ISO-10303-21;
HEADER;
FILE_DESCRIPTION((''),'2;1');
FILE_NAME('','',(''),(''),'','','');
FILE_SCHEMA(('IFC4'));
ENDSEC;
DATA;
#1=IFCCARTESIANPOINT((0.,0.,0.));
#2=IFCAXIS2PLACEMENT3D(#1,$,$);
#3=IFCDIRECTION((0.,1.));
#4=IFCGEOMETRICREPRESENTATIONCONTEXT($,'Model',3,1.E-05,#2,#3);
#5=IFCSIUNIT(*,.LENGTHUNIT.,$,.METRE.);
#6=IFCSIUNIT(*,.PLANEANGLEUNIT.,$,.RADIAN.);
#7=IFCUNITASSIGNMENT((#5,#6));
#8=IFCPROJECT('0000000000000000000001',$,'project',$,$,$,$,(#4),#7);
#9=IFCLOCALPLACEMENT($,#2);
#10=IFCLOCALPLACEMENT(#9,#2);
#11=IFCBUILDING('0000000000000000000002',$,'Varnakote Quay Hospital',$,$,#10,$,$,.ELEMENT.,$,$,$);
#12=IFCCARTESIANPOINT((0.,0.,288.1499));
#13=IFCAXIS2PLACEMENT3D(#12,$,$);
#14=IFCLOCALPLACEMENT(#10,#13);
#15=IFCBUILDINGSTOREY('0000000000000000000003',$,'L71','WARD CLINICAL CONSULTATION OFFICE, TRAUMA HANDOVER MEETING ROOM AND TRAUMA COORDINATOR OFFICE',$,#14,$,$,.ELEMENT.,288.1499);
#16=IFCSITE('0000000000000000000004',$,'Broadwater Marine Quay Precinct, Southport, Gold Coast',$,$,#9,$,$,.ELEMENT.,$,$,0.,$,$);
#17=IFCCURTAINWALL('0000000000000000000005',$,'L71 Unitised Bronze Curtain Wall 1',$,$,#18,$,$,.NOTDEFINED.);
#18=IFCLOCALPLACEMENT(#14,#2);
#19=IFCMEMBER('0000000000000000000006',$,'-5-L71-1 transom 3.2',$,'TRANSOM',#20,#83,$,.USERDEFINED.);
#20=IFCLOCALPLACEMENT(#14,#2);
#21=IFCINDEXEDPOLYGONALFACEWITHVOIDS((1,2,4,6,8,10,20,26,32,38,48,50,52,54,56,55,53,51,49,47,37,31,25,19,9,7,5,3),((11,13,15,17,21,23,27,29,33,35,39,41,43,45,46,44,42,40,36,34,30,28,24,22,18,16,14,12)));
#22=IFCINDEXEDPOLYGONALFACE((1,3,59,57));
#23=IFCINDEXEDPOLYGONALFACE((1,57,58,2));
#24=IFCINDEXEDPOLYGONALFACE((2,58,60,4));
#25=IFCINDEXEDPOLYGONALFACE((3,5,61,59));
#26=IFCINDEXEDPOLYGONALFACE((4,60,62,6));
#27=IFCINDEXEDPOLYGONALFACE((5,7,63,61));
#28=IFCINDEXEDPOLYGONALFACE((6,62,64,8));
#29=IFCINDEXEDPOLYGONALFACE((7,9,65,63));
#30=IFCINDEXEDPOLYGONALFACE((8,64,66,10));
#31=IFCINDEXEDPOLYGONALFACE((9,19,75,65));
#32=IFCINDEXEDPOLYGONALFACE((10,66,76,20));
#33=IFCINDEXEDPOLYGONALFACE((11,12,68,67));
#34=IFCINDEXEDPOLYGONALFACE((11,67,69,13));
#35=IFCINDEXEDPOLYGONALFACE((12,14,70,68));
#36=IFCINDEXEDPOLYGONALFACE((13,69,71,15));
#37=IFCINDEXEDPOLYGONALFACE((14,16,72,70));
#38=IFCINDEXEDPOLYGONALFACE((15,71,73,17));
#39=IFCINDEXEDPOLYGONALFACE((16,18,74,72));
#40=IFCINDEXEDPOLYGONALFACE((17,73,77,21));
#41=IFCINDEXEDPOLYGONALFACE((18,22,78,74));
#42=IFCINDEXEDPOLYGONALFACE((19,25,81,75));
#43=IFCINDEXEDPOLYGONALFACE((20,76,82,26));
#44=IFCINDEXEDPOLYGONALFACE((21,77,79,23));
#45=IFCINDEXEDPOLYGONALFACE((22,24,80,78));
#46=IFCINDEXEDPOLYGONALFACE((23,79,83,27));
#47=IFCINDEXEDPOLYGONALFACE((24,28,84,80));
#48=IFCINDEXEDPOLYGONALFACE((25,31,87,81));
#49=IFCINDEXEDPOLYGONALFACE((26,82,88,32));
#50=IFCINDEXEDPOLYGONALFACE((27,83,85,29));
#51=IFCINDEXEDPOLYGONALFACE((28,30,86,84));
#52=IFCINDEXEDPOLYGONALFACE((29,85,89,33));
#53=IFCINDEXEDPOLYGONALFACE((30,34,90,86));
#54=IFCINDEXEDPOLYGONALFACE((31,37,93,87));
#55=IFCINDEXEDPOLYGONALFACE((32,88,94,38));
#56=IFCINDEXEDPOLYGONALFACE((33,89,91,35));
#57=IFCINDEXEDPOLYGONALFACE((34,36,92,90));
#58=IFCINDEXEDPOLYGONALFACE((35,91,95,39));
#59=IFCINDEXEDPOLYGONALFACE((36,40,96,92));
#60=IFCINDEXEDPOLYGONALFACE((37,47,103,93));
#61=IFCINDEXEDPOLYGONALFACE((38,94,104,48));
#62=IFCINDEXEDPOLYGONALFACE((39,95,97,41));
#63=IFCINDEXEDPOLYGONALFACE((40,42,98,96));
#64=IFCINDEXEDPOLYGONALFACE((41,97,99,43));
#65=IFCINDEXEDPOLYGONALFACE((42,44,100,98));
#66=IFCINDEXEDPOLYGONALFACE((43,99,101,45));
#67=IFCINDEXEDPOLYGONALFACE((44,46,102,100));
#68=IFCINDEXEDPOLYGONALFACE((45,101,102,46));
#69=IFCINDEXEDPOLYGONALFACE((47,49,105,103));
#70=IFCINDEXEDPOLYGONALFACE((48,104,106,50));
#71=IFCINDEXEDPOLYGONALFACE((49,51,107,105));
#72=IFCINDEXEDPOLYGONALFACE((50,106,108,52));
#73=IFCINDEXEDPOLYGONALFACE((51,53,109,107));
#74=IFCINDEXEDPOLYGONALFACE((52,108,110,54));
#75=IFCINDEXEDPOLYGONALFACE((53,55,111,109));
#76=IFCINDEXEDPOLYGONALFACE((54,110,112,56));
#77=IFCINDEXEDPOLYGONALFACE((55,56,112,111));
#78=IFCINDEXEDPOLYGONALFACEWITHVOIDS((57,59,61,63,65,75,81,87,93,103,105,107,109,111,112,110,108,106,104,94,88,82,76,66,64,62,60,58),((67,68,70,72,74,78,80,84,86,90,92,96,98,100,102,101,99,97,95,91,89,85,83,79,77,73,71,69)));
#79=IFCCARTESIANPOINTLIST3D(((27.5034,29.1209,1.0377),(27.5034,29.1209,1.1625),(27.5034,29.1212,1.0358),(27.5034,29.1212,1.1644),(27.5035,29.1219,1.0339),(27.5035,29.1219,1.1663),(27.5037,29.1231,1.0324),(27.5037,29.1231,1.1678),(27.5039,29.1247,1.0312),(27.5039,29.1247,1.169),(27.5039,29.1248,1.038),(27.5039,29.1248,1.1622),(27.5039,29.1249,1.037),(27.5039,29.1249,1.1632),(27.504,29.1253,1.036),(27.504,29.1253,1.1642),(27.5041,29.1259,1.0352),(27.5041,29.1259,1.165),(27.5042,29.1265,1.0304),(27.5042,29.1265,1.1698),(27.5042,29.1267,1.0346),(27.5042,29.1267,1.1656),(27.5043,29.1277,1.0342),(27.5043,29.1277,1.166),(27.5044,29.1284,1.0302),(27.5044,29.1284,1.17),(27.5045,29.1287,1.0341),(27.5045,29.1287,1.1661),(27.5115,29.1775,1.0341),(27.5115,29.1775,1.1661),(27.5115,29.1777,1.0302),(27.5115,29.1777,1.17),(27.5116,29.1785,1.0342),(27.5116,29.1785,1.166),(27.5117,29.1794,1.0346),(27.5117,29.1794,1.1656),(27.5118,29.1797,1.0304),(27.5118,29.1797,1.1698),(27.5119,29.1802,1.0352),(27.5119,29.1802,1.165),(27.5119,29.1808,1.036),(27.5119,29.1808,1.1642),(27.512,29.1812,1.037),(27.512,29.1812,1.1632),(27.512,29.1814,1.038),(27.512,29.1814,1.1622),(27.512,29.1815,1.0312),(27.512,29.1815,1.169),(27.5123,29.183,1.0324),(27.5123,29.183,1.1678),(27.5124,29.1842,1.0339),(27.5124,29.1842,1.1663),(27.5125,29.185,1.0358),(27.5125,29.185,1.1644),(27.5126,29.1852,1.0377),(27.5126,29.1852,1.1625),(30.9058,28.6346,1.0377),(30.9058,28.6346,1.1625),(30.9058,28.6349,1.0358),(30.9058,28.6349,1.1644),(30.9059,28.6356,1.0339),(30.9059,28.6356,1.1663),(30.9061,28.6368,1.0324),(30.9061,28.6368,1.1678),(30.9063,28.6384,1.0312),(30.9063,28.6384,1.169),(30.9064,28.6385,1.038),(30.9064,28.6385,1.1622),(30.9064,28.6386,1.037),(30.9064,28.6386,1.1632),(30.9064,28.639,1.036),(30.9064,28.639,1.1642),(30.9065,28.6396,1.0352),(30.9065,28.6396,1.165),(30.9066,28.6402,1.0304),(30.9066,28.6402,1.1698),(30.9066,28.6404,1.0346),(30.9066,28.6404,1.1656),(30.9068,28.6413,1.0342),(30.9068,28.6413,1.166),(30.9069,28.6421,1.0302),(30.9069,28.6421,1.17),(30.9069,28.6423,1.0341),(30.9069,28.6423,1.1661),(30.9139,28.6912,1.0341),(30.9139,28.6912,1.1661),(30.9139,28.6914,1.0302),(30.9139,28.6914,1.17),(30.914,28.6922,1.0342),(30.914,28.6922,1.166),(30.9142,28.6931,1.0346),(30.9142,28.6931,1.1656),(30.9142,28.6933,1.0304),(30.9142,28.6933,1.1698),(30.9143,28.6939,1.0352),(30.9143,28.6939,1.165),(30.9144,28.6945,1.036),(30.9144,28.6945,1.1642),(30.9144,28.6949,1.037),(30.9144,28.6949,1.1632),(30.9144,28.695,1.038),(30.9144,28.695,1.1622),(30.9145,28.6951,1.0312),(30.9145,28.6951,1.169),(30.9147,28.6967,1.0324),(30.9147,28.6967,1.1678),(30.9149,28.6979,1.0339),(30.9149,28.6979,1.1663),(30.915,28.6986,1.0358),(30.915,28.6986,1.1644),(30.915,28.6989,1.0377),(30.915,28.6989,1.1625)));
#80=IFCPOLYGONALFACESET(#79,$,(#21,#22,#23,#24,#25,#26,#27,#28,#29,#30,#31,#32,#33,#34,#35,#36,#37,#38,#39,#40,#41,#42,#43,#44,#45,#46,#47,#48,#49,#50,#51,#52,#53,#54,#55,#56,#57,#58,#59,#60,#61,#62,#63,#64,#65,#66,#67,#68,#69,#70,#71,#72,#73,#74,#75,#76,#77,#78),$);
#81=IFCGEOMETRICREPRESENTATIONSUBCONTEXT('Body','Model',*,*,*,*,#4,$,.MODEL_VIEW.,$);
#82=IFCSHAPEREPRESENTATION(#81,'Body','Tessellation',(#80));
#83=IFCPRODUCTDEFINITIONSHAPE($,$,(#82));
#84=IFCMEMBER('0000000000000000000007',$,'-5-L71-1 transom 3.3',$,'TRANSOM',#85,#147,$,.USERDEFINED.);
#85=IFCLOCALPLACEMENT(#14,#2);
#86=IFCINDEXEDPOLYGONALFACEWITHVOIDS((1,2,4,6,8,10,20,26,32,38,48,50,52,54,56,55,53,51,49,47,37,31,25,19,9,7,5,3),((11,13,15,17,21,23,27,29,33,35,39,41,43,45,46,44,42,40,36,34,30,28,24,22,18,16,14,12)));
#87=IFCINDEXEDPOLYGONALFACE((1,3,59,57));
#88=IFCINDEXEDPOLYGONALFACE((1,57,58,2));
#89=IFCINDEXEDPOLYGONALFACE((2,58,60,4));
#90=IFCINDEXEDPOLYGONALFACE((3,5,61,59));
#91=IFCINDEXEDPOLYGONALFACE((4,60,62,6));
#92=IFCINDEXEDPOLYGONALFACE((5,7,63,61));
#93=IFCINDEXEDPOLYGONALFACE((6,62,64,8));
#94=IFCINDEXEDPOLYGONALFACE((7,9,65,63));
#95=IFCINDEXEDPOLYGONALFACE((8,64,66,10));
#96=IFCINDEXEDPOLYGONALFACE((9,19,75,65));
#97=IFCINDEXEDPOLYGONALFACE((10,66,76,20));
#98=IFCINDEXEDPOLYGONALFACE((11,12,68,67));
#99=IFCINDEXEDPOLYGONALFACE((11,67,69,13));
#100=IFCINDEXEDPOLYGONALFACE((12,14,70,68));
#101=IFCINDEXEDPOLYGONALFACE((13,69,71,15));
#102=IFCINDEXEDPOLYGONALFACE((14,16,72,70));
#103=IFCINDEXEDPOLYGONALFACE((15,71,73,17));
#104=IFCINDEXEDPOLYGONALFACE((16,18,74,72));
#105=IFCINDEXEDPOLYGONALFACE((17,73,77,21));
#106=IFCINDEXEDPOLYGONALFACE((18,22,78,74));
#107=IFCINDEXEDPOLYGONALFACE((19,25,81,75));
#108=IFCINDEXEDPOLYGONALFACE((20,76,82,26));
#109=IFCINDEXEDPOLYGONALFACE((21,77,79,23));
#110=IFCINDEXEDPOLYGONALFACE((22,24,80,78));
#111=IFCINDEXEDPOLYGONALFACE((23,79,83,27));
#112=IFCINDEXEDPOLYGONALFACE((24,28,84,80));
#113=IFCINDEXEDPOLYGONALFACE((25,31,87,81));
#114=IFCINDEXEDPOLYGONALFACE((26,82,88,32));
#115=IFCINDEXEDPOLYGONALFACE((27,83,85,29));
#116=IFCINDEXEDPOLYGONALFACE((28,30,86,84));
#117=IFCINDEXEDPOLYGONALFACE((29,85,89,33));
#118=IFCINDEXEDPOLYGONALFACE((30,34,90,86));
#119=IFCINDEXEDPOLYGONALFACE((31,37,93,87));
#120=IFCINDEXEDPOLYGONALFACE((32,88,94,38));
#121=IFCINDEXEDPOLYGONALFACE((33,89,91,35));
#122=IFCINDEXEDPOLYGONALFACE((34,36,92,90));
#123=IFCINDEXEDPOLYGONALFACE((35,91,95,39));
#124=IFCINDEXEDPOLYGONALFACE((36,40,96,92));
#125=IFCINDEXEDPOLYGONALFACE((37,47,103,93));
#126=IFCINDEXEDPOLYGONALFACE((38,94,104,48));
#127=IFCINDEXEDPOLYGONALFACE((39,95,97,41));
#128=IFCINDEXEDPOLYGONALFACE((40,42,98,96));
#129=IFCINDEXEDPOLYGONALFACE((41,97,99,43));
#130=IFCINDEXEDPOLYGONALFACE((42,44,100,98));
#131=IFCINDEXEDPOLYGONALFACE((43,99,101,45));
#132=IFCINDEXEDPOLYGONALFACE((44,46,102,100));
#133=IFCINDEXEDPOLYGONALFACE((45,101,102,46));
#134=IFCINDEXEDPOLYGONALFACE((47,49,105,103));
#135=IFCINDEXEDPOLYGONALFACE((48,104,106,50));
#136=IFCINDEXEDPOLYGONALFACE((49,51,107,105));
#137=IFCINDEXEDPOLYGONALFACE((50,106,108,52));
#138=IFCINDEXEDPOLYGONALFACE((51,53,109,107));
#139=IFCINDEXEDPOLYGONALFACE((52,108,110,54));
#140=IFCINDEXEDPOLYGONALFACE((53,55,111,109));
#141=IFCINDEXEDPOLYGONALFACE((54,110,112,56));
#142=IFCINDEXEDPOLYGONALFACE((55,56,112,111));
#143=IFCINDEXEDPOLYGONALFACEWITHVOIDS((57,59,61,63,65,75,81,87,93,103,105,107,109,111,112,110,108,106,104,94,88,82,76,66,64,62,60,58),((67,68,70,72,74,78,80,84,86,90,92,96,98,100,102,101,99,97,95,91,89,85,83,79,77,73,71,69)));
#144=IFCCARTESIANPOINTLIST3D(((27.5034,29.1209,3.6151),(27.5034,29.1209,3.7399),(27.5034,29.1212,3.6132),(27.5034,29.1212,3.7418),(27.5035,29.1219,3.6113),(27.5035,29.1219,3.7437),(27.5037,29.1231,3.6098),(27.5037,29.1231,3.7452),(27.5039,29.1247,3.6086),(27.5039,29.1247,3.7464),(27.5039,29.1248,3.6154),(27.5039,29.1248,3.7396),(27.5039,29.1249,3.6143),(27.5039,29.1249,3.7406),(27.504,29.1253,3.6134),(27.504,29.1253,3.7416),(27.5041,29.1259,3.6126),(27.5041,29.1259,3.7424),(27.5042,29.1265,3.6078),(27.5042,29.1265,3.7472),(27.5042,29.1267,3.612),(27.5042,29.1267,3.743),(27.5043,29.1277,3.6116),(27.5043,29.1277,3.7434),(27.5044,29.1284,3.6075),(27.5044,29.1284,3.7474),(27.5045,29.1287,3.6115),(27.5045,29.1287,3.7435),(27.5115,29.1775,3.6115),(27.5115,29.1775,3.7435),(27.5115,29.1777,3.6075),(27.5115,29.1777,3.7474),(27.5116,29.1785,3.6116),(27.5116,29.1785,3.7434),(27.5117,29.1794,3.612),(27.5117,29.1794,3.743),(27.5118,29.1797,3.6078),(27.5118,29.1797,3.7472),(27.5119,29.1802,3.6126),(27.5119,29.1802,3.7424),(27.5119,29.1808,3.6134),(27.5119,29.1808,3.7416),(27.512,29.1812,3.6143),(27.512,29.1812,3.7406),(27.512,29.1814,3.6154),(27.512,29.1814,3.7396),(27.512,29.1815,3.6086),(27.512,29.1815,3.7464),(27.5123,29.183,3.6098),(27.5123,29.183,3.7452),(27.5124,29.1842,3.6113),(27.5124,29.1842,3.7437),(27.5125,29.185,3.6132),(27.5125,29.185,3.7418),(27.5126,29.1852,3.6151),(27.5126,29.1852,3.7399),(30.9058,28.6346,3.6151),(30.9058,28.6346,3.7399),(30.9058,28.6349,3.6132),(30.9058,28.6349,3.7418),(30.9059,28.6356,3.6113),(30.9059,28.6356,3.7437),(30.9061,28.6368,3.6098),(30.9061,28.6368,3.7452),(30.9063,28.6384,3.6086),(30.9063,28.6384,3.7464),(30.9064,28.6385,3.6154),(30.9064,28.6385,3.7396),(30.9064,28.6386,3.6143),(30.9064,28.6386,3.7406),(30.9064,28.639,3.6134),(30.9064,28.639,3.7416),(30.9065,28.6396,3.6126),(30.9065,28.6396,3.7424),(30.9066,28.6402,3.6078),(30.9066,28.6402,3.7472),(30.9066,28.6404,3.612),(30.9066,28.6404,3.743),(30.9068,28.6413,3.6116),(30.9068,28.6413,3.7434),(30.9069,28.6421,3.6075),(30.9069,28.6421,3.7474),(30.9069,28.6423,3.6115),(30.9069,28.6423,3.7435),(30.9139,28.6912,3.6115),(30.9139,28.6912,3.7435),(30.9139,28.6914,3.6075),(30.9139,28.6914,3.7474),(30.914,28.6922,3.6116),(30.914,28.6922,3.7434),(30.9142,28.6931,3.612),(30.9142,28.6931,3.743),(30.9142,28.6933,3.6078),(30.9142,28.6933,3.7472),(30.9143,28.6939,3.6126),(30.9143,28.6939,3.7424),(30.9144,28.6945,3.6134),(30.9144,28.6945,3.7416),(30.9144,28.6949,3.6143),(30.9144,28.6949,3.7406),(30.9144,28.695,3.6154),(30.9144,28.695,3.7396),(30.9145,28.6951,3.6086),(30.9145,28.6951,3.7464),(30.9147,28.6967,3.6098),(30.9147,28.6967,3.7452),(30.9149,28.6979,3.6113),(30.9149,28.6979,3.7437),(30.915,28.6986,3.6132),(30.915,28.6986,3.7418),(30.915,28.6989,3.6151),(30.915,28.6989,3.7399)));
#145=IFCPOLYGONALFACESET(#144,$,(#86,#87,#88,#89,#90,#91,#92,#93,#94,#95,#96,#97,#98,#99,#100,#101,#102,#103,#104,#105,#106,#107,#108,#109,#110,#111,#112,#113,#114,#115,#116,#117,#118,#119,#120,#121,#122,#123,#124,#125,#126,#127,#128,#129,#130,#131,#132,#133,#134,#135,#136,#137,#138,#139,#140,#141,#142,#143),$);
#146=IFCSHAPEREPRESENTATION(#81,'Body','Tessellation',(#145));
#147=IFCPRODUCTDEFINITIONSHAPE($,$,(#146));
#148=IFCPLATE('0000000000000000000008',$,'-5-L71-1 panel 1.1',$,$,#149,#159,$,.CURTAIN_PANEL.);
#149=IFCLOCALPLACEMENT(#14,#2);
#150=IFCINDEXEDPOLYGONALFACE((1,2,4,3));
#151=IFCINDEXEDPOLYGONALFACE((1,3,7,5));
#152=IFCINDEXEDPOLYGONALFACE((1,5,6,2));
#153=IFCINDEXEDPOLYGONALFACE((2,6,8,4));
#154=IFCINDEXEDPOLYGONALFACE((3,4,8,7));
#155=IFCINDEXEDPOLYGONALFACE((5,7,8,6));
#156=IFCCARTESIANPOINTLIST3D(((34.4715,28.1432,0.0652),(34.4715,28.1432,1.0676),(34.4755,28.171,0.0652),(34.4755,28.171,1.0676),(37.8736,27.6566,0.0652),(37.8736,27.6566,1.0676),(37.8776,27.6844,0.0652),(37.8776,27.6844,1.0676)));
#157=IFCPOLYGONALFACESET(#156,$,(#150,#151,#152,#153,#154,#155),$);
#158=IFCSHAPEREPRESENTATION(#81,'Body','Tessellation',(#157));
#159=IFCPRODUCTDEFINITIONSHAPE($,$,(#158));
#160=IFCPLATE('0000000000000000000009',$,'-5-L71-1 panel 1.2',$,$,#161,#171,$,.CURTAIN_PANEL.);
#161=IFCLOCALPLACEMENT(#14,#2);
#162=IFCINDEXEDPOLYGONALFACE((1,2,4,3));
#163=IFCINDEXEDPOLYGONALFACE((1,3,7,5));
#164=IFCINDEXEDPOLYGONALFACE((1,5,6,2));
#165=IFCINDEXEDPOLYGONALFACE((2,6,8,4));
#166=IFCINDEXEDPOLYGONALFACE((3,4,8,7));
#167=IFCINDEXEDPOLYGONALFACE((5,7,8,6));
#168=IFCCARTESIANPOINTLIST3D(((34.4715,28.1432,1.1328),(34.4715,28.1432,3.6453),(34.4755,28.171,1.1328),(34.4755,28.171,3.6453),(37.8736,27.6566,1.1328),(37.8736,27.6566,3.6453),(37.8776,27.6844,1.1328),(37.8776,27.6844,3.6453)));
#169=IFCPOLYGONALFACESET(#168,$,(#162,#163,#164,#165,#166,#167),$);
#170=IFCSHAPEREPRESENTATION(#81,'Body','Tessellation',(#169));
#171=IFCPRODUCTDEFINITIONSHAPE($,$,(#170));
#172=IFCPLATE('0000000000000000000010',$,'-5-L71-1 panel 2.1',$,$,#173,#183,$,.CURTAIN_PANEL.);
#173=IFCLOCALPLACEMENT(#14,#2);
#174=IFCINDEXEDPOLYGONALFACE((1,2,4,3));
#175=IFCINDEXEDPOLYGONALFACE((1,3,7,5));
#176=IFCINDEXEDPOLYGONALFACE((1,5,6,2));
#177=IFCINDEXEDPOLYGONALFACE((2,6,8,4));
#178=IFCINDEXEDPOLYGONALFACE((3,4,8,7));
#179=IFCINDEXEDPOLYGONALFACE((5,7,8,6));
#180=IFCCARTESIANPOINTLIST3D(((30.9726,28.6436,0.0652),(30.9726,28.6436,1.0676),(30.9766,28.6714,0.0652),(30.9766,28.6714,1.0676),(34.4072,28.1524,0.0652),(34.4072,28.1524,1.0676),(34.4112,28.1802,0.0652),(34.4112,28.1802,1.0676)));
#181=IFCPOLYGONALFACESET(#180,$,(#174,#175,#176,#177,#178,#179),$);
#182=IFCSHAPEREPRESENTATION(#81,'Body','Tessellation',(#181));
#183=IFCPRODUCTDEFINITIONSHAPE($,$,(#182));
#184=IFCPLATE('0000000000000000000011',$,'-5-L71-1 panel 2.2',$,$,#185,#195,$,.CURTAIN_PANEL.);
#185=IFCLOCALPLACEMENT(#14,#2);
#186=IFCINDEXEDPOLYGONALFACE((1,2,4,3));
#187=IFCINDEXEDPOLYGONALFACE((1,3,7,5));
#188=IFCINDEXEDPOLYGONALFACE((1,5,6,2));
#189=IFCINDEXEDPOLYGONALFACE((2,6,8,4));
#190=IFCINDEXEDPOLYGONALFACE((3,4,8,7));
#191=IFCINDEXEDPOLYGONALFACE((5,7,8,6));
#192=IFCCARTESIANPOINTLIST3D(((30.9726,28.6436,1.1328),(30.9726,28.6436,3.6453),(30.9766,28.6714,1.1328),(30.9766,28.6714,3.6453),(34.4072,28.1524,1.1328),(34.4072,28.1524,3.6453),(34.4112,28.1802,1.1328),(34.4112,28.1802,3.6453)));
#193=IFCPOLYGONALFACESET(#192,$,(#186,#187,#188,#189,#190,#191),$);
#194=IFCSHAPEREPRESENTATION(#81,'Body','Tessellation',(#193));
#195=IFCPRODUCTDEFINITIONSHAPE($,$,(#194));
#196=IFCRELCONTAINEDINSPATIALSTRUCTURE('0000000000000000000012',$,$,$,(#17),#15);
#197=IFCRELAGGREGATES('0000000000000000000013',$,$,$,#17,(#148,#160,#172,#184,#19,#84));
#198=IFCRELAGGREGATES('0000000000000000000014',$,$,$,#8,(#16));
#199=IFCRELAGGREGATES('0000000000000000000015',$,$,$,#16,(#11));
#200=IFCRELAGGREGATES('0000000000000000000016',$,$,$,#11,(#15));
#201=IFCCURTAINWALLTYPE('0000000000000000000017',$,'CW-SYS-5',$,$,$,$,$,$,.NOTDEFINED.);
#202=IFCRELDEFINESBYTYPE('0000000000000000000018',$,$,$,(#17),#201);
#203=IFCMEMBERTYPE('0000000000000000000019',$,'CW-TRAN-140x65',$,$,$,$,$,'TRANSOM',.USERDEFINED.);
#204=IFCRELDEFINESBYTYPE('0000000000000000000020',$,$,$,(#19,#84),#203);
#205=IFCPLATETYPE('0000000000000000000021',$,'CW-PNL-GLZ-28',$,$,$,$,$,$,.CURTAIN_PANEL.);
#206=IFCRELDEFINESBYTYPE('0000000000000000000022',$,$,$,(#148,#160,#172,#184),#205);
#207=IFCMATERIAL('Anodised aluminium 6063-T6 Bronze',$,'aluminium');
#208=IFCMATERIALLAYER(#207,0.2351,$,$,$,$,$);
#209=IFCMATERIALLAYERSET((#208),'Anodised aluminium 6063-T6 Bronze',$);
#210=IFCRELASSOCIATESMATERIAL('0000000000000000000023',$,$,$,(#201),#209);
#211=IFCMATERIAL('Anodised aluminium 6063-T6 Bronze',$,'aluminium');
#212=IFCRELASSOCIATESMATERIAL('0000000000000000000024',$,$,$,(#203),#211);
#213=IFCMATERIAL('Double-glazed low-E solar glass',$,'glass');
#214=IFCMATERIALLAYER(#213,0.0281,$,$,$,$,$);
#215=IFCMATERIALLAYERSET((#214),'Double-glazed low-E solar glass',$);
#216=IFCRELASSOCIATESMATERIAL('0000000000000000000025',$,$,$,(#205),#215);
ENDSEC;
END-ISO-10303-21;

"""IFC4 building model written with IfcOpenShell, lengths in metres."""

from ifc_helpers import new_model, si_unit, direction, frame, origin, origin_2d, place, context, subcontext, project, spatial, rectangle, hollow_rectangle, extrude, material, layer, layer_set, material_profile, profile_set, type_object, element, aggregate, save


model = new_model("IFC4")

# Units and contexts
model_context = context("Model", 3, precision=1e-05, world=origin(), true_north=direction((0.0, 1.0)))
body_context = subcontext(model_context, "Body", "Model", "MODEL_VIEW")
ifc_project = project(units=[si_unit("LENGTHUNIT", "METRE"), si_unit("PLANEANGLEUNIT", "RADIAN")], contexts=[model_context])

# Site, building, storey
site_placement = place(None, origin())
site = spatial("IfcSite", under=ifc_project, at=site_placement, Name="Broadwater Marine Quay Precinct, Southport, Gold Coast", CompositionType="ELEMENT", RefElevation=0.0)
building_placement = place(site_placement, origin())
building = spatial("IfcBuilding", under=site, at=building_placement, Name="Varnakote Quay Hospital", CompositionType="ELEMENT")
storey_placement = place(building_placement, frame((0.0, 0.0, 288.1499)))
storey = spatial("IfcBuildingStorey", under=building, at=storey_placement, Name="L71", Description="WARD CLINICAL CONSULTATION OFFICE, TRAUMA HANDOVER MEETING ROOM AND TRAUMA COORDINATOR OFFICE", CompositionType="ELEMENT", Elevation=288.1499)

# Curtain wall, members, plates
ifc_material_1 = material(Name="Anodised aluminium 6063-T6 Bronze", Category="aluminium")
ifc_layer_1 = layer(ifc_material_1, 0.2351)
ifc_layer_set_1 = layer_set([ifc_layer_1], Name="Anodised aluminium 6063-T6 Bronze")
curtain_wall_type = type_object("IfcCurtainWallType", Name="CW-SYS-5", PredefinedType="NOTDEFINED", material=ifc_layer_set_1)
curtain_wall_placement = place(storey_placement, origin())
curtain_wall = element("IfcCurtainWall", 1, at=curtain_wall_placement, inside=storey, type_object=curtain_wall_type, Name="L71 Unitised Bronze Curtain Wall 1", PredefinedType="NOTDEFINED")
ifc_material_2 = material(Name="Anodised aluminium 6063-T6 Bronze", Category="aluminium")
ifc_material_profile_1 = material_profile(ifc_material_2, hollow_rectangle(XDim=0.0649, YDim=0.1399, WallThickness=0.0039, InnerFilletRadius=0.0039, OuterFilletRadius=0.0076, at=origin_2d()), Name="CW-TRAN-140x65")
ifc_profile_set_1 = profile_set([ifc_material_profile_1], Name="Anodised aluminium 6063-T6 Bronze")
member_type_1 = type_object("IfcMemberType", Name="CW-TRAN-140x65", ElementType="TRANSOM", PredefinedType="USERDEFINED", material=ifc_profile_set_1)
member_1_placement = place(storey_placement, frame((30.9104, 28.6667, 1.1001), z_axis=(-0.989938, 0.141501, 0.0), x_axis=(-0.141501, -0.989938, 0.0)))
member_1 = element("IfcMember", 2, at=member_1_placement, type_object=member_type_1, Name="-5-L71-1 transom 3.2", ObjectType="TRANSOM", PredefinedType="USERDEFINED", context=body_context, shape_type="SweptSolid", body=[
    extrude(hollow_rectangle(XDim=0.0649, YDim=0.1399, WallThickness=0.0039, InnerFilletRadius=0.0039, OuterFilletRadius=0.0076, at=origin_2d()), origin(), (0.0, 0.0, 1.0), 3.437),
])
member_2_placement = place(storey_placement, frame((30.9104, 28.6667, 3.6775), z_axis=(-0.989938, 0.141501, 0.0), x_axis=(-0.141501, -0.989938, 0.0)))
member_2 = element("IfcMember", 3, at=member_2_placement, type_object=member_type_1, Name="-5-L71-1 transom 3.3", ObjectType="TRANSOM", PredefinedType="USERDEFINED", context=body_context, shape_type="SweptSolid", body=[
    extrude(hollow_rectangle(XDim=0.0649, YDim=0.1399, WallThickness=0.0039, InnerFilletRadius=0.0039, OuterFilletRadius=0.0076, at=origin_2d()), origin(), (0.0, 0.0, 1.0), 3.437),
])
ifc_material_3 = material(Name="Double-glazed low-E solar glass", Category="glass")
ifc_layer_2 = layer(ifc_material_3, 0.0281)
ifc_layer_set_2 = layer_set([ifc_layer_2], Name="Double-glazed low-E solar glass")
plate_type_1 = type_object("IfcPlateType", Name="CW-PNL-GLZ-28", PredefinedType="CURTAIN_PANEL", material=ifc_layer_set_2)
plate_1_placement = place(storey_placement, frame((36.1746, 27.9138, 0.0652), z_axis=(0.0, 0.0, 1.0), x_axis=(-0.989928, 0.141572, 0.0)))
plate_1 = element("IfcPlate", 4, at=plate_1_placement, type_object=plate_type_1, Name="-5-L71-1 panel 1.1", PredefinedType="CURTAIN_PANEL", context=body_context, shape_type="SweptSolid", body=[
    extrude(rectangle(XDim=3.4368, YDim=0.0281, at=origin_2d()), origin(), (0.0, 0.0, 1.0), 1.0024),
])
plate_2_placement = place(storey_placement, frame((36.1746, 27.9138, 1.1328), z_axis=(0.0, 0.0, 1.0), x_axis=(-0.989928, 0.141572, 0.0)))
plate_2 = element("IfcPlate", 5, at=plate_2_placement, type_object=plate_type_1, Name="-5-L71-1 panel 1.2", PredefinedType="CURTAIN_PANEL", context=body_context, shape_type="SweptSolid", body=[
    extrude(rectangle(XDim=3.4368, YDim=0.0281, at=origin_2d()), origin(), (0.0, 0.0, 1.0), 2.5125),
])
plate_3_placement = place(storey_placement, frame((32.6919, 28.4119, 0.0652), z_axis=(0.0, 0.0, 1.0), x_axis=(-0.989928, 0.141572, 0.0)))
plate_3 = element("IfcPlate", 6, at=plate_3_placement, type_object=plate_type_1, Name="-5-L71-1 panel 2.1", PredefinedType="CURTAIN_PANEL", context=body_context, shape_type="SweptSolid", body=[
    extrude(rectangle(XDim=3.4695, YDim=0.0281, at=origin_2d()), origin(), (0.0, 0.0, 1.0), 1.0024),
])
plate_4_placement = place(storey_placement, frame((32.6919, 28.4119, 1.1328), z_axis=(0.0, 0.0, 1.0), x_axis=(-0.989928, 0.141572, 0.0)))
plate_4 = element("IfcPlate", 7, at=plate_4_placement, type_object=plate_type_1, Name="-5-L71-1 panel 2.2", PredefinedType="CURTAIN_PANEL", context=body_context, shape_type="SweptSolid", body=[
    extrude(rectangle(XDim=3.4695, YDim=0.0281, at=origin_2d()), origin(), (0.0, 0.0, 1.0), 2.5125),
])
aggregate(curtain_wall, [plate_1, plate_2, plate_3, plate_4, member_1, member_2])

save(model, "model.ifc")
